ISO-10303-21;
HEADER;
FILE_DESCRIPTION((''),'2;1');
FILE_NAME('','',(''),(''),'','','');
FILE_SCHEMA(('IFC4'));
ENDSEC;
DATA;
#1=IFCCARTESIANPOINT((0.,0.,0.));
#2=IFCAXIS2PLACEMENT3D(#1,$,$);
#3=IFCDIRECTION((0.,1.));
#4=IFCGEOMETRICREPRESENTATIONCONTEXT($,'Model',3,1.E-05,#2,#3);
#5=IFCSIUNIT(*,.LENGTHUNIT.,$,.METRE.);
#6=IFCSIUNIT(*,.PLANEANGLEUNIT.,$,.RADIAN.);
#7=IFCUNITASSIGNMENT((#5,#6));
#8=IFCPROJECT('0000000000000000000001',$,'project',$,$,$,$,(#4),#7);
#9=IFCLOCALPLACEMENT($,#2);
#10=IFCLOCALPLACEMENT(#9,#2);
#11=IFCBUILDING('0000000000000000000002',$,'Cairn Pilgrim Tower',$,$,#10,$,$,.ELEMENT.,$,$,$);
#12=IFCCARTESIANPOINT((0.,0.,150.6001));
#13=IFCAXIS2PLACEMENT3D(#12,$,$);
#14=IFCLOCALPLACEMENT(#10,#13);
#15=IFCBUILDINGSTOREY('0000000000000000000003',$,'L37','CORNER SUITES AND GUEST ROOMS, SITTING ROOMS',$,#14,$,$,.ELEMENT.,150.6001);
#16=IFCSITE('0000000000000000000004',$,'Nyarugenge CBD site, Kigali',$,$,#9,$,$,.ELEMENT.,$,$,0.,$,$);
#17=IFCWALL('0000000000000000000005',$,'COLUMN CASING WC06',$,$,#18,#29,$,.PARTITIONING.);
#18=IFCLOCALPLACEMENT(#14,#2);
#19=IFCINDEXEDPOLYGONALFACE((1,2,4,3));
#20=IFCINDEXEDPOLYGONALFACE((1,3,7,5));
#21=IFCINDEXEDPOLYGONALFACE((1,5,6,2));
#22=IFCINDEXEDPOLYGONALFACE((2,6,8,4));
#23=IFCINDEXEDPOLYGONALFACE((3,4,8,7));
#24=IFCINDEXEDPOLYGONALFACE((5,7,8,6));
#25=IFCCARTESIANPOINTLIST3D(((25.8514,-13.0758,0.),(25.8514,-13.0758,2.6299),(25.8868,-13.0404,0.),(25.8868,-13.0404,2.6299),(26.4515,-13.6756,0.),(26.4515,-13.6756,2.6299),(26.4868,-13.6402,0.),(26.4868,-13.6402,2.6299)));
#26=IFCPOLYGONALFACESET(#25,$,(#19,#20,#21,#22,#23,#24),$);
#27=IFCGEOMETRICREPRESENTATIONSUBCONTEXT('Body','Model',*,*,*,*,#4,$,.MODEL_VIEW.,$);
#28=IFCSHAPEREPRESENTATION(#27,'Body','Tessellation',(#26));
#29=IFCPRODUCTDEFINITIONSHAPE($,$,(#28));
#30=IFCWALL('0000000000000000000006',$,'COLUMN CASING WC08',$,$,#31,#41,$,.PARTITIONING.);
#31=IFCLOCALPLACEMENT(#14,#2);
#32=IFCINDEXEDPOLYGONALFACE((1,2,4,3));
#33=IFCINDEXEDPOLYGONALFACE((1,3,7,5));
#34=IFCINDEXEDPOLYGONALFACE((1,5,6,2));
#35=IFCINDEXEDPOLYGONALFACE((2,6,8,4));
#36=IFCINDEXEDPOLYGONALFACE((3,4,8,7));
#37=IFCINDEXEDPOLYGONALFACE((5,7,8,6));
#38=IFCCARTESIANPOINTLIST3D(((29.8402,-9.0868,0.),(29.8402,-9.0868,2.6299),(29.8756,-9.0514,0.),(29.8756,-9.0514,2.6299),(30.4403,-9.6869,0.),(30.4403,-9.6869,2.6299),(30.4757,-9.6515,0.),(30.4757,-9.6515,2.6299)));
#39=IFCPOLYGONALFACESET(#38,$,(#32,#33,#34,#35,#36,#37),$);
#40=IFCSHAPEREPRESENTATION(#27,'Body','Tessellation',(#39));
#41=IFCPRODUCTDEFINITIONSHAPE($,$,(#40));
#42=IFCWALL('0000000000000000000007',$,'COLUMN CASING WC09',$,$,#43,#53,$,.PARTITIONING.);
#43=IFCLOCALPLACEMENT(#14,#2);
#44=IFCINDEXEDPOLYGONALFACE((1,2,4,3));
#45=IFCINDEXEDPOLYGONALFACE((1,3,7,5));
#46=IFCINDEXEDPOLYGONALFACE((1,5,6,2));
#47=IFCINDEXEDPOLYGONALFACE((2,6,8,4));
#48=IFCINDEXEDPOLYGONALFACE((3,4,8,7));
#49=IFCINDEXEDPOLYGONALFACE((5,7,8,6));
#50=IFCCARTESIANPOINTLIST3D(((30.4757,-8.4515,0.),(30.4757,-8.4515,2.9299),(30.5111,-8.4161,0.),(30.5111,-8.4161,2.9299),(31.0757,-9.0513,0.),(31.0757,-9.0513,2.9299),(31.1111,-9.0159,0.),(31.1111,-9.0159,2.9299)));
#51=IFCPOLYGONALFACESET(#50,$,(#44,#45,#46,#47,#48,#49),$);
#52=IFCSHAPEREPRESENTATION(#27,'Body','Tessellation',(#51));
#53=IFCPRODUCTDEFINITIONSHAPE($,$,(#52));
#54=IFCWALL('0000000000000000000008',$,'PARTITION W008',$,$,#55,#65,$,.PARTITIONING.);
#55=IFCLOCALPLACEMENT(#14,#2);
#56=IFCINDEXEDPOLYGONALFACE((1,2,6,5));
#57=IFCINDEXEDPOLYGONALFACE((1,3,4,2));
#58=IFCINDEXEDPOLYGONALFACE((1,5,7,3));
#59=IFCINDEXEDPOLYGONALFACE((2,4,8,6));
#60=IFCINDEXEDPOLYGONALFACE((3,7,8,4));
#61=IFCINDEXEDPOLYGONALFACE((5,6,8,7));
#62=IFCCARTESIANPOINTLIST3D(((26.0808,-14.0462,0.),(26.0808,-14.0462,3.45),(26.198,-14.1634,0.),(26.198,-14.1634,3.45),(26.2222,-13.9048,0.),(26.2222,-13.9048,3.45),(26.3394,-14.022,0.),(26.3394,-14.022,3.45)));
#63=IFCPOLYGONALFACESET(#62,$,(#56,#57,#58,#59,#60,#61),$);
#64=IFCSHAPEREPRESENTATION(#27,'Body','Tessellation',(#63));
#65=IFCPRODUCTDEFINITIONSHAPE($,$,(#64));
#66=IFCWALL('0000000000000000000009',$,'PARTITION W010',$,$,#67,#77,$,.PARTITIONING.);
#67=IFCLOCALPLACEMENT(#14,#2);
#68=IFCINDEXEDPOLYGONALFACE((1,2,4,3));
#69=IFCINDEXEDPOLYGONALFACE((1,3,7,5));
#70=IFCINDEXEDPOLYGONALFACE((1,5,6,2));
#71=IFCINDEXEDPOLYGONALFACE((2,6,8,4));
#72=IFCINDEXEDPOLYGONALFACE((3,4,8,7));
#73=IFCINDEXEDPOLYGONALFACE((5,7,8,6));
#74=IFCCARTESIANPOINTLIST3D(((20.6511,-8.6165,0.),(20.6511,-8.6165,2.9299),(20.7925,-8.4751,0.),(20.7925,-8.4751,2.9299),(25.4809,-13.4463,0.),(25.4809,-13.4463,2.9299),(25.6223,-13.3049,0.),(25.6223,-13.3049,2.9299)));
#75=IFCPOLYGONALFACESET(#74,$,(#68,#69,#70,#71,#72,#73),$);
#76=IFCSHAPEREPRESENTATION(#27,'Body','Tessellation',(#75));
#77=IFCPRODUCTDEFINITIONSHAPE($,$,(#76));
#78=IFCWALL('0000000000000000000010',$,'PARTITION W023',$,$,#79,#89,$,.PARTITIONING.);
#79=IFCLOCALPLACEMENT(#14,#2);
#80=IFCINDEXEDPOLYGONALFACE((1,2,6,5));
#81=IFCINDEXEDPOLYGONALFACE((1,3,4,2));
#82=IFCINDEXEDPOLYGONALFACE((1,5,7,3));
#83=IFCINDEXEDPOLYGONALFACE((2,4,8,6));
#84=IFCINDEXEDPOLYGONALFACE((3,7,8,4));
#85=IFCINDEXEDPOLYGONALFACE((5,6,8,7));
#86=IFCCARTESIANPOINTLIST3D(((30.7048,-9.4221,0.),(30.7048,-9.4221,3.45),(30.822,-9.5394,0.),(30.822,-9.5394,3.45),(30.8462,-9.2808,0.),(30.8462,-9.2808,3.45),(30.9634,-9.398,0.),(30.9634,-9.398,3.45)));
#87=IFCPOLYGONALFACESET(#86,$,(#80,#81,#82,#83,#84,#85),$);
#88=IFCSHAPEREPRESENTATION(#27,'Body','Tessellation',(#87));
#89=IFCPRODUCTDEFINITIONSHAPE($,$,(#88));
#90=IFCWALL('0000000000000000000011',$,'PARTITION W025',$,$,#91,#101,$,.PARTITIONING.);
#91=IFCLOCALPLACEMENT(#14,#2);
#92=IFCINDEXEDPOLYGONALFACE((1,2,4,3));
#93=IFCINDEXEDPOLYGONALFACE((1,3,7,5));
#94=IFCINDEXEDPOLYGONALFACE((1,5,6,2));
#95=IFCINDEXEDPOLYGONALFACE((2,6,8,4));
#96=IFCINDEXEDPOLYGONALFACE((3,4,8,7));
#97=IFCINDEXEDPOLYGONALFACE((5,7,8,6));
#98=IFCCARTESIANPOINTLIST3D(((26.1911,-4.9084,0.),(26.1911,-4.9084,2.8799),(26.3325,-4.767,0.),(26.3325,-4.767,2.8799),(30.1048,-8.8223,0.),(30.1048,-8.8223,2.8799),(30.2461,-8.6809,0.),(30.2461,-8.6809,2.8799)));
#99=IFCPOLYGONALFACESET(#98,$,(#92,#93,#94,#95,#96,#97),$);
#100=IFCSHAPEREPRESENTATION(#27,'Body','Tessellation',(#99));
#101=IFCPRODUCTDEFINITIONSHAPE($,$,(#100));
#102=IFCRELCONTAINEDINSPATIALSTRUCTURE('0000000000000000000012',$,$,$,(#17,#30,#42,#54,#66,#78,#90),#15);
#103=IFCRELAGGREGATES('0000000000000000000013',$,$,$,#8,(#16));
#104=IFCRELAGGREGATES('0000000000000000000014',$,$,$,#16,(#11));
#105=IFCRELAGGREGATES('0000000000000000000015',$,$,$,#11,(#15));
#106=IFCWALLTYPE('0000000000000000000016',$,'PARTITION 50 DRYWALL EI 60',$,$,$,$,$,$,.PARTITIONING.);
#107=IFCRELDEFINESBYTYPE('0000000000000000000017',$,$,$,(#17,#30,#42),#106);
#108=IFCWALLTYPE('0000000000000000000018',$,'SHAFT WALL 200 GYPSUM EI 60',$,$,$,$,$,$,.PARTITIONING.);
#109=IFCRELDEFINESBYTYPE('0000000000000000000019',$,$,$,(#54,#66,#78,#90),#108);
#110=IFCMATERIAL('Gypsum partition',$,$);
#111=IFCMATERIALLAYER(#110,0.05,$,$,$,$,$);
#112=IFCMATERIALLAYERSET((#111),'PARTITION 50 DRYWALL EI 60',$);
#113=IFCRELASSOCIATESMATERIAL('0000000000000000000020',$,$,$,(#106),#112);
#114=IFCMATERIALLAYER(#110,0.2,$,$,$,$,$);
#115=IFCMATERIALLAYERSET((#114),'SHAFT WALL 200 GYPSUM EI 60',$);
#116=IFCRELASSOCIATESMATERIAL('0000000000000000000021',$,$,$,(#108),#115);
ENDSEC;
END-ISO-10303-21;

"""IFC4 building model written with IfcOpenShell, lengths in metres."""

from ifc_helpers import new_model, si_unit, direction, frame, frame_2d, origin, place, context, subcontext, project, spatial, rectangle, extrude, material, layer, layer_set, type_object, element, save


model = new_model("IFC4")

# Units and contexts
model_context = context("Model", 3, precision=1e-05, world=origin(), true_north=direction((0.0, 1.0)))
body_context = subcontext(model_context, "Body", "Model", "MODEL_VIEW")
ifc_project = project(units=[si_unit("LENGTHUNIT", "METRE"), si_unit("PLANEANGLEUNIT", "RADIAN")], contexts=[model_context])

# Site, building, storey
site_placement = place(None, origin())
site = spatial("IfcSite", under=ifc_project, at=site_placement, Name="Nyarugenge CBD site, Kigali", CompositionType="ELEMENT", RefElevation=0.0)
building_placement = place(site_placement, origin())
building = spatial("IfcBuilding", under=site, at=building_placement, Name="Cairn Pilgrim Tower", CompositionType="ELEMENT")
storey_placement = place(building_placement, frame((0.0, 0.0, 150.6001)))
storey = spatial("IfcBuildingStorey", under=building, at=storey_placement, Name="L37", Description="CORNER SUITES AND GUEST ROOMS, SITTING ROOMS", CompositionType="ELEMENT", Elevation=150.6001)

# Walls
ifc_material_1 = material(Name="Gypsum partition")
ifc_layer_1 = layer(ifc_material_1, 0.05)
ifc_layer_set_1 = layer_set([ifc_layer_1], Name="PARTITION 50 DRYWALL EI 60")
wall_type_1 = type_object("IfcWallType", Name="PARTITION 50 DRYWALL EI 60", PredefinedType="PARTITIONING", material=ifc_layer_set_1)
wall_1_placement = place(storey_placement, frame((26.4692, -13.658, 0.0), z_axis=(0.0, 0.0, 1.0), x_axis=(-0.707251, 0.706963, 0.0)))
element("IfcWall", 1, at=wall_1_placement, inside=storey, type_object=wall_type_1, Name="COLUMN CASING WC06", PredefinedType="PARTITIONING", context=body_context, shape_type="SweptSolid", body=[
    extrude(rectangle(XDim=0.8484, YDim=0.05, at=frame_2d((0.4243, 0.0))), origin(), (0.0, 0.0, 1.0), 2.6299),
])
wall_2_placement = place(storey_placement, frame((30.458, -9.6692, 0.0), z_axis=(0.0, 0.0, 1.0), x_axis=(-0.707107, 0.707107, 0.0)))
element("IfcWall", 2, at=wall_2_placement, inside=storey, type_object=wall_type_1, Name="COLUMN CASING WC08", PredefinedType="PARTITIONING", context=body_context, shape_type="SweptSolid", body=[
    extrude(rectangle(XDim=0.8486, YDim=0.05, at=frame_2d((0.4243, 0.0))), origin(), (0.0, 0.0, 1.0), 2.6299),
])
wall_3_placement = place(storey_placement, frame((31.0935, -9.0337, 0.0), z_axis=(0.0, 0.0, 1.0), x_axis=(-0.707251, 0.706963, 0.0)))
element("IfcWall", 3, at=wall_3_placement, inside=storey, type_object=wall_type_1, Name="COLUMN CASING WC09", PredefinedType="PARTITIONING", context=body_context, shape_type="SweptSolid", body=[
    extrude(rectangle(XDim=0.8484, YDim=0.05, at=frame_2d((0.4243, 0.0))), origin(), (0.0, 0.0, 1.0), 2.9299),
])
ifc_layer_2 = layer(ifc_material_1, 0.2)
ifc_layer_set_2 = layer_set([ifc_layer_2], Name="SHAFT WALL 200 GYPSUM EI 60")
wall_type_2 = type_object("IfcWallType", Name="SHAFT WALL 200 GYPSUM EI 60", PredefinedType="PARTITIONING", material=ifc_layer_set_2)
wall_4_placement = place(storey_placement, frame((26.2688, -14.0928, 0.0), z_axis=(0.0, 0.0, 1.0), x_axis=(-0.707107, 0.707107, 0.0)))
element("IfcWall", 4, at=wall_4_placement, inside=storey, type_object=wall_type_2, Name="PARTITION W008", PredefinedType="PARTITIONING", context=body_context, shape_type="SweptSolid", body=[
    extrude(rectangle(XDim=0.1658, YDim=0.2, at=frame_2d((0.083, 0.0))), origin(), (0.0, 0.0, 1.0), 3.45),
])
wall_5_placement = place(storey_placement, frame((25.5515, -13.3755, 0.0), z_axis=(0.0, 0.0, 1.0), x_axis=(-0.707107, 0.707107, 0.0)))
element("IfcWall", 5, at=wall_5_placement, inside=storey, type_object=wall_type_2, Name="PARTITION W010", PredefinedType="PARTITIONING", context=body_context, shape_type="SweptSolid", body=[
    extrude(rectangle(XDim=6.8303, YDim=0.2, at=frame_2d((3.415, 0.0))), origin(), (0.0, 0.0, 1.0), 2.9299),
])
wall_6_placement = place(storey_placement, frame((30.8928, -9.4688, 0.0), z_axis=(0.0, 0.0, 1.0), x_axis=(-0.707107, 0.707107, 0.0)))
element("IfcWall", 6, at=wall_6_placement, inside=storey, type_object=wall_type_2, Name="PARTITION W023", PredefinedType="PARTITIONING", context=body_context, shape_type="SweptSolid", body=[
    extrude(rectangle(XDim=0.1658, YDim=0.2, at=frame_2d((0.083, 0.0))), origin(), (0.0, 0.0, 1.0), 3.45),
])
wall_7_placement = place(storey_placement, frame((30.1755, -8.7517, 0.0), z_axis=(0.0, 0.0, 1.0), x_axis=(-0.707085, 0.707129, 0.0)))
element("IfcWall", 7, at=wall_7_placement, inside=storey, type_object=wall_type_2, Name="PARTITION W025", PredefinedType="PARTITIONING", context=body_context, shape_type="SweptSolid", body=[
    extrude(rectangle(XDim=5.5349, YDim=0.2, at=frame_2d((2.7676, 0.0))), origin(), (0.0, 0.0, 1.0), 2.8799),
])

save(model, "model.ifc")
